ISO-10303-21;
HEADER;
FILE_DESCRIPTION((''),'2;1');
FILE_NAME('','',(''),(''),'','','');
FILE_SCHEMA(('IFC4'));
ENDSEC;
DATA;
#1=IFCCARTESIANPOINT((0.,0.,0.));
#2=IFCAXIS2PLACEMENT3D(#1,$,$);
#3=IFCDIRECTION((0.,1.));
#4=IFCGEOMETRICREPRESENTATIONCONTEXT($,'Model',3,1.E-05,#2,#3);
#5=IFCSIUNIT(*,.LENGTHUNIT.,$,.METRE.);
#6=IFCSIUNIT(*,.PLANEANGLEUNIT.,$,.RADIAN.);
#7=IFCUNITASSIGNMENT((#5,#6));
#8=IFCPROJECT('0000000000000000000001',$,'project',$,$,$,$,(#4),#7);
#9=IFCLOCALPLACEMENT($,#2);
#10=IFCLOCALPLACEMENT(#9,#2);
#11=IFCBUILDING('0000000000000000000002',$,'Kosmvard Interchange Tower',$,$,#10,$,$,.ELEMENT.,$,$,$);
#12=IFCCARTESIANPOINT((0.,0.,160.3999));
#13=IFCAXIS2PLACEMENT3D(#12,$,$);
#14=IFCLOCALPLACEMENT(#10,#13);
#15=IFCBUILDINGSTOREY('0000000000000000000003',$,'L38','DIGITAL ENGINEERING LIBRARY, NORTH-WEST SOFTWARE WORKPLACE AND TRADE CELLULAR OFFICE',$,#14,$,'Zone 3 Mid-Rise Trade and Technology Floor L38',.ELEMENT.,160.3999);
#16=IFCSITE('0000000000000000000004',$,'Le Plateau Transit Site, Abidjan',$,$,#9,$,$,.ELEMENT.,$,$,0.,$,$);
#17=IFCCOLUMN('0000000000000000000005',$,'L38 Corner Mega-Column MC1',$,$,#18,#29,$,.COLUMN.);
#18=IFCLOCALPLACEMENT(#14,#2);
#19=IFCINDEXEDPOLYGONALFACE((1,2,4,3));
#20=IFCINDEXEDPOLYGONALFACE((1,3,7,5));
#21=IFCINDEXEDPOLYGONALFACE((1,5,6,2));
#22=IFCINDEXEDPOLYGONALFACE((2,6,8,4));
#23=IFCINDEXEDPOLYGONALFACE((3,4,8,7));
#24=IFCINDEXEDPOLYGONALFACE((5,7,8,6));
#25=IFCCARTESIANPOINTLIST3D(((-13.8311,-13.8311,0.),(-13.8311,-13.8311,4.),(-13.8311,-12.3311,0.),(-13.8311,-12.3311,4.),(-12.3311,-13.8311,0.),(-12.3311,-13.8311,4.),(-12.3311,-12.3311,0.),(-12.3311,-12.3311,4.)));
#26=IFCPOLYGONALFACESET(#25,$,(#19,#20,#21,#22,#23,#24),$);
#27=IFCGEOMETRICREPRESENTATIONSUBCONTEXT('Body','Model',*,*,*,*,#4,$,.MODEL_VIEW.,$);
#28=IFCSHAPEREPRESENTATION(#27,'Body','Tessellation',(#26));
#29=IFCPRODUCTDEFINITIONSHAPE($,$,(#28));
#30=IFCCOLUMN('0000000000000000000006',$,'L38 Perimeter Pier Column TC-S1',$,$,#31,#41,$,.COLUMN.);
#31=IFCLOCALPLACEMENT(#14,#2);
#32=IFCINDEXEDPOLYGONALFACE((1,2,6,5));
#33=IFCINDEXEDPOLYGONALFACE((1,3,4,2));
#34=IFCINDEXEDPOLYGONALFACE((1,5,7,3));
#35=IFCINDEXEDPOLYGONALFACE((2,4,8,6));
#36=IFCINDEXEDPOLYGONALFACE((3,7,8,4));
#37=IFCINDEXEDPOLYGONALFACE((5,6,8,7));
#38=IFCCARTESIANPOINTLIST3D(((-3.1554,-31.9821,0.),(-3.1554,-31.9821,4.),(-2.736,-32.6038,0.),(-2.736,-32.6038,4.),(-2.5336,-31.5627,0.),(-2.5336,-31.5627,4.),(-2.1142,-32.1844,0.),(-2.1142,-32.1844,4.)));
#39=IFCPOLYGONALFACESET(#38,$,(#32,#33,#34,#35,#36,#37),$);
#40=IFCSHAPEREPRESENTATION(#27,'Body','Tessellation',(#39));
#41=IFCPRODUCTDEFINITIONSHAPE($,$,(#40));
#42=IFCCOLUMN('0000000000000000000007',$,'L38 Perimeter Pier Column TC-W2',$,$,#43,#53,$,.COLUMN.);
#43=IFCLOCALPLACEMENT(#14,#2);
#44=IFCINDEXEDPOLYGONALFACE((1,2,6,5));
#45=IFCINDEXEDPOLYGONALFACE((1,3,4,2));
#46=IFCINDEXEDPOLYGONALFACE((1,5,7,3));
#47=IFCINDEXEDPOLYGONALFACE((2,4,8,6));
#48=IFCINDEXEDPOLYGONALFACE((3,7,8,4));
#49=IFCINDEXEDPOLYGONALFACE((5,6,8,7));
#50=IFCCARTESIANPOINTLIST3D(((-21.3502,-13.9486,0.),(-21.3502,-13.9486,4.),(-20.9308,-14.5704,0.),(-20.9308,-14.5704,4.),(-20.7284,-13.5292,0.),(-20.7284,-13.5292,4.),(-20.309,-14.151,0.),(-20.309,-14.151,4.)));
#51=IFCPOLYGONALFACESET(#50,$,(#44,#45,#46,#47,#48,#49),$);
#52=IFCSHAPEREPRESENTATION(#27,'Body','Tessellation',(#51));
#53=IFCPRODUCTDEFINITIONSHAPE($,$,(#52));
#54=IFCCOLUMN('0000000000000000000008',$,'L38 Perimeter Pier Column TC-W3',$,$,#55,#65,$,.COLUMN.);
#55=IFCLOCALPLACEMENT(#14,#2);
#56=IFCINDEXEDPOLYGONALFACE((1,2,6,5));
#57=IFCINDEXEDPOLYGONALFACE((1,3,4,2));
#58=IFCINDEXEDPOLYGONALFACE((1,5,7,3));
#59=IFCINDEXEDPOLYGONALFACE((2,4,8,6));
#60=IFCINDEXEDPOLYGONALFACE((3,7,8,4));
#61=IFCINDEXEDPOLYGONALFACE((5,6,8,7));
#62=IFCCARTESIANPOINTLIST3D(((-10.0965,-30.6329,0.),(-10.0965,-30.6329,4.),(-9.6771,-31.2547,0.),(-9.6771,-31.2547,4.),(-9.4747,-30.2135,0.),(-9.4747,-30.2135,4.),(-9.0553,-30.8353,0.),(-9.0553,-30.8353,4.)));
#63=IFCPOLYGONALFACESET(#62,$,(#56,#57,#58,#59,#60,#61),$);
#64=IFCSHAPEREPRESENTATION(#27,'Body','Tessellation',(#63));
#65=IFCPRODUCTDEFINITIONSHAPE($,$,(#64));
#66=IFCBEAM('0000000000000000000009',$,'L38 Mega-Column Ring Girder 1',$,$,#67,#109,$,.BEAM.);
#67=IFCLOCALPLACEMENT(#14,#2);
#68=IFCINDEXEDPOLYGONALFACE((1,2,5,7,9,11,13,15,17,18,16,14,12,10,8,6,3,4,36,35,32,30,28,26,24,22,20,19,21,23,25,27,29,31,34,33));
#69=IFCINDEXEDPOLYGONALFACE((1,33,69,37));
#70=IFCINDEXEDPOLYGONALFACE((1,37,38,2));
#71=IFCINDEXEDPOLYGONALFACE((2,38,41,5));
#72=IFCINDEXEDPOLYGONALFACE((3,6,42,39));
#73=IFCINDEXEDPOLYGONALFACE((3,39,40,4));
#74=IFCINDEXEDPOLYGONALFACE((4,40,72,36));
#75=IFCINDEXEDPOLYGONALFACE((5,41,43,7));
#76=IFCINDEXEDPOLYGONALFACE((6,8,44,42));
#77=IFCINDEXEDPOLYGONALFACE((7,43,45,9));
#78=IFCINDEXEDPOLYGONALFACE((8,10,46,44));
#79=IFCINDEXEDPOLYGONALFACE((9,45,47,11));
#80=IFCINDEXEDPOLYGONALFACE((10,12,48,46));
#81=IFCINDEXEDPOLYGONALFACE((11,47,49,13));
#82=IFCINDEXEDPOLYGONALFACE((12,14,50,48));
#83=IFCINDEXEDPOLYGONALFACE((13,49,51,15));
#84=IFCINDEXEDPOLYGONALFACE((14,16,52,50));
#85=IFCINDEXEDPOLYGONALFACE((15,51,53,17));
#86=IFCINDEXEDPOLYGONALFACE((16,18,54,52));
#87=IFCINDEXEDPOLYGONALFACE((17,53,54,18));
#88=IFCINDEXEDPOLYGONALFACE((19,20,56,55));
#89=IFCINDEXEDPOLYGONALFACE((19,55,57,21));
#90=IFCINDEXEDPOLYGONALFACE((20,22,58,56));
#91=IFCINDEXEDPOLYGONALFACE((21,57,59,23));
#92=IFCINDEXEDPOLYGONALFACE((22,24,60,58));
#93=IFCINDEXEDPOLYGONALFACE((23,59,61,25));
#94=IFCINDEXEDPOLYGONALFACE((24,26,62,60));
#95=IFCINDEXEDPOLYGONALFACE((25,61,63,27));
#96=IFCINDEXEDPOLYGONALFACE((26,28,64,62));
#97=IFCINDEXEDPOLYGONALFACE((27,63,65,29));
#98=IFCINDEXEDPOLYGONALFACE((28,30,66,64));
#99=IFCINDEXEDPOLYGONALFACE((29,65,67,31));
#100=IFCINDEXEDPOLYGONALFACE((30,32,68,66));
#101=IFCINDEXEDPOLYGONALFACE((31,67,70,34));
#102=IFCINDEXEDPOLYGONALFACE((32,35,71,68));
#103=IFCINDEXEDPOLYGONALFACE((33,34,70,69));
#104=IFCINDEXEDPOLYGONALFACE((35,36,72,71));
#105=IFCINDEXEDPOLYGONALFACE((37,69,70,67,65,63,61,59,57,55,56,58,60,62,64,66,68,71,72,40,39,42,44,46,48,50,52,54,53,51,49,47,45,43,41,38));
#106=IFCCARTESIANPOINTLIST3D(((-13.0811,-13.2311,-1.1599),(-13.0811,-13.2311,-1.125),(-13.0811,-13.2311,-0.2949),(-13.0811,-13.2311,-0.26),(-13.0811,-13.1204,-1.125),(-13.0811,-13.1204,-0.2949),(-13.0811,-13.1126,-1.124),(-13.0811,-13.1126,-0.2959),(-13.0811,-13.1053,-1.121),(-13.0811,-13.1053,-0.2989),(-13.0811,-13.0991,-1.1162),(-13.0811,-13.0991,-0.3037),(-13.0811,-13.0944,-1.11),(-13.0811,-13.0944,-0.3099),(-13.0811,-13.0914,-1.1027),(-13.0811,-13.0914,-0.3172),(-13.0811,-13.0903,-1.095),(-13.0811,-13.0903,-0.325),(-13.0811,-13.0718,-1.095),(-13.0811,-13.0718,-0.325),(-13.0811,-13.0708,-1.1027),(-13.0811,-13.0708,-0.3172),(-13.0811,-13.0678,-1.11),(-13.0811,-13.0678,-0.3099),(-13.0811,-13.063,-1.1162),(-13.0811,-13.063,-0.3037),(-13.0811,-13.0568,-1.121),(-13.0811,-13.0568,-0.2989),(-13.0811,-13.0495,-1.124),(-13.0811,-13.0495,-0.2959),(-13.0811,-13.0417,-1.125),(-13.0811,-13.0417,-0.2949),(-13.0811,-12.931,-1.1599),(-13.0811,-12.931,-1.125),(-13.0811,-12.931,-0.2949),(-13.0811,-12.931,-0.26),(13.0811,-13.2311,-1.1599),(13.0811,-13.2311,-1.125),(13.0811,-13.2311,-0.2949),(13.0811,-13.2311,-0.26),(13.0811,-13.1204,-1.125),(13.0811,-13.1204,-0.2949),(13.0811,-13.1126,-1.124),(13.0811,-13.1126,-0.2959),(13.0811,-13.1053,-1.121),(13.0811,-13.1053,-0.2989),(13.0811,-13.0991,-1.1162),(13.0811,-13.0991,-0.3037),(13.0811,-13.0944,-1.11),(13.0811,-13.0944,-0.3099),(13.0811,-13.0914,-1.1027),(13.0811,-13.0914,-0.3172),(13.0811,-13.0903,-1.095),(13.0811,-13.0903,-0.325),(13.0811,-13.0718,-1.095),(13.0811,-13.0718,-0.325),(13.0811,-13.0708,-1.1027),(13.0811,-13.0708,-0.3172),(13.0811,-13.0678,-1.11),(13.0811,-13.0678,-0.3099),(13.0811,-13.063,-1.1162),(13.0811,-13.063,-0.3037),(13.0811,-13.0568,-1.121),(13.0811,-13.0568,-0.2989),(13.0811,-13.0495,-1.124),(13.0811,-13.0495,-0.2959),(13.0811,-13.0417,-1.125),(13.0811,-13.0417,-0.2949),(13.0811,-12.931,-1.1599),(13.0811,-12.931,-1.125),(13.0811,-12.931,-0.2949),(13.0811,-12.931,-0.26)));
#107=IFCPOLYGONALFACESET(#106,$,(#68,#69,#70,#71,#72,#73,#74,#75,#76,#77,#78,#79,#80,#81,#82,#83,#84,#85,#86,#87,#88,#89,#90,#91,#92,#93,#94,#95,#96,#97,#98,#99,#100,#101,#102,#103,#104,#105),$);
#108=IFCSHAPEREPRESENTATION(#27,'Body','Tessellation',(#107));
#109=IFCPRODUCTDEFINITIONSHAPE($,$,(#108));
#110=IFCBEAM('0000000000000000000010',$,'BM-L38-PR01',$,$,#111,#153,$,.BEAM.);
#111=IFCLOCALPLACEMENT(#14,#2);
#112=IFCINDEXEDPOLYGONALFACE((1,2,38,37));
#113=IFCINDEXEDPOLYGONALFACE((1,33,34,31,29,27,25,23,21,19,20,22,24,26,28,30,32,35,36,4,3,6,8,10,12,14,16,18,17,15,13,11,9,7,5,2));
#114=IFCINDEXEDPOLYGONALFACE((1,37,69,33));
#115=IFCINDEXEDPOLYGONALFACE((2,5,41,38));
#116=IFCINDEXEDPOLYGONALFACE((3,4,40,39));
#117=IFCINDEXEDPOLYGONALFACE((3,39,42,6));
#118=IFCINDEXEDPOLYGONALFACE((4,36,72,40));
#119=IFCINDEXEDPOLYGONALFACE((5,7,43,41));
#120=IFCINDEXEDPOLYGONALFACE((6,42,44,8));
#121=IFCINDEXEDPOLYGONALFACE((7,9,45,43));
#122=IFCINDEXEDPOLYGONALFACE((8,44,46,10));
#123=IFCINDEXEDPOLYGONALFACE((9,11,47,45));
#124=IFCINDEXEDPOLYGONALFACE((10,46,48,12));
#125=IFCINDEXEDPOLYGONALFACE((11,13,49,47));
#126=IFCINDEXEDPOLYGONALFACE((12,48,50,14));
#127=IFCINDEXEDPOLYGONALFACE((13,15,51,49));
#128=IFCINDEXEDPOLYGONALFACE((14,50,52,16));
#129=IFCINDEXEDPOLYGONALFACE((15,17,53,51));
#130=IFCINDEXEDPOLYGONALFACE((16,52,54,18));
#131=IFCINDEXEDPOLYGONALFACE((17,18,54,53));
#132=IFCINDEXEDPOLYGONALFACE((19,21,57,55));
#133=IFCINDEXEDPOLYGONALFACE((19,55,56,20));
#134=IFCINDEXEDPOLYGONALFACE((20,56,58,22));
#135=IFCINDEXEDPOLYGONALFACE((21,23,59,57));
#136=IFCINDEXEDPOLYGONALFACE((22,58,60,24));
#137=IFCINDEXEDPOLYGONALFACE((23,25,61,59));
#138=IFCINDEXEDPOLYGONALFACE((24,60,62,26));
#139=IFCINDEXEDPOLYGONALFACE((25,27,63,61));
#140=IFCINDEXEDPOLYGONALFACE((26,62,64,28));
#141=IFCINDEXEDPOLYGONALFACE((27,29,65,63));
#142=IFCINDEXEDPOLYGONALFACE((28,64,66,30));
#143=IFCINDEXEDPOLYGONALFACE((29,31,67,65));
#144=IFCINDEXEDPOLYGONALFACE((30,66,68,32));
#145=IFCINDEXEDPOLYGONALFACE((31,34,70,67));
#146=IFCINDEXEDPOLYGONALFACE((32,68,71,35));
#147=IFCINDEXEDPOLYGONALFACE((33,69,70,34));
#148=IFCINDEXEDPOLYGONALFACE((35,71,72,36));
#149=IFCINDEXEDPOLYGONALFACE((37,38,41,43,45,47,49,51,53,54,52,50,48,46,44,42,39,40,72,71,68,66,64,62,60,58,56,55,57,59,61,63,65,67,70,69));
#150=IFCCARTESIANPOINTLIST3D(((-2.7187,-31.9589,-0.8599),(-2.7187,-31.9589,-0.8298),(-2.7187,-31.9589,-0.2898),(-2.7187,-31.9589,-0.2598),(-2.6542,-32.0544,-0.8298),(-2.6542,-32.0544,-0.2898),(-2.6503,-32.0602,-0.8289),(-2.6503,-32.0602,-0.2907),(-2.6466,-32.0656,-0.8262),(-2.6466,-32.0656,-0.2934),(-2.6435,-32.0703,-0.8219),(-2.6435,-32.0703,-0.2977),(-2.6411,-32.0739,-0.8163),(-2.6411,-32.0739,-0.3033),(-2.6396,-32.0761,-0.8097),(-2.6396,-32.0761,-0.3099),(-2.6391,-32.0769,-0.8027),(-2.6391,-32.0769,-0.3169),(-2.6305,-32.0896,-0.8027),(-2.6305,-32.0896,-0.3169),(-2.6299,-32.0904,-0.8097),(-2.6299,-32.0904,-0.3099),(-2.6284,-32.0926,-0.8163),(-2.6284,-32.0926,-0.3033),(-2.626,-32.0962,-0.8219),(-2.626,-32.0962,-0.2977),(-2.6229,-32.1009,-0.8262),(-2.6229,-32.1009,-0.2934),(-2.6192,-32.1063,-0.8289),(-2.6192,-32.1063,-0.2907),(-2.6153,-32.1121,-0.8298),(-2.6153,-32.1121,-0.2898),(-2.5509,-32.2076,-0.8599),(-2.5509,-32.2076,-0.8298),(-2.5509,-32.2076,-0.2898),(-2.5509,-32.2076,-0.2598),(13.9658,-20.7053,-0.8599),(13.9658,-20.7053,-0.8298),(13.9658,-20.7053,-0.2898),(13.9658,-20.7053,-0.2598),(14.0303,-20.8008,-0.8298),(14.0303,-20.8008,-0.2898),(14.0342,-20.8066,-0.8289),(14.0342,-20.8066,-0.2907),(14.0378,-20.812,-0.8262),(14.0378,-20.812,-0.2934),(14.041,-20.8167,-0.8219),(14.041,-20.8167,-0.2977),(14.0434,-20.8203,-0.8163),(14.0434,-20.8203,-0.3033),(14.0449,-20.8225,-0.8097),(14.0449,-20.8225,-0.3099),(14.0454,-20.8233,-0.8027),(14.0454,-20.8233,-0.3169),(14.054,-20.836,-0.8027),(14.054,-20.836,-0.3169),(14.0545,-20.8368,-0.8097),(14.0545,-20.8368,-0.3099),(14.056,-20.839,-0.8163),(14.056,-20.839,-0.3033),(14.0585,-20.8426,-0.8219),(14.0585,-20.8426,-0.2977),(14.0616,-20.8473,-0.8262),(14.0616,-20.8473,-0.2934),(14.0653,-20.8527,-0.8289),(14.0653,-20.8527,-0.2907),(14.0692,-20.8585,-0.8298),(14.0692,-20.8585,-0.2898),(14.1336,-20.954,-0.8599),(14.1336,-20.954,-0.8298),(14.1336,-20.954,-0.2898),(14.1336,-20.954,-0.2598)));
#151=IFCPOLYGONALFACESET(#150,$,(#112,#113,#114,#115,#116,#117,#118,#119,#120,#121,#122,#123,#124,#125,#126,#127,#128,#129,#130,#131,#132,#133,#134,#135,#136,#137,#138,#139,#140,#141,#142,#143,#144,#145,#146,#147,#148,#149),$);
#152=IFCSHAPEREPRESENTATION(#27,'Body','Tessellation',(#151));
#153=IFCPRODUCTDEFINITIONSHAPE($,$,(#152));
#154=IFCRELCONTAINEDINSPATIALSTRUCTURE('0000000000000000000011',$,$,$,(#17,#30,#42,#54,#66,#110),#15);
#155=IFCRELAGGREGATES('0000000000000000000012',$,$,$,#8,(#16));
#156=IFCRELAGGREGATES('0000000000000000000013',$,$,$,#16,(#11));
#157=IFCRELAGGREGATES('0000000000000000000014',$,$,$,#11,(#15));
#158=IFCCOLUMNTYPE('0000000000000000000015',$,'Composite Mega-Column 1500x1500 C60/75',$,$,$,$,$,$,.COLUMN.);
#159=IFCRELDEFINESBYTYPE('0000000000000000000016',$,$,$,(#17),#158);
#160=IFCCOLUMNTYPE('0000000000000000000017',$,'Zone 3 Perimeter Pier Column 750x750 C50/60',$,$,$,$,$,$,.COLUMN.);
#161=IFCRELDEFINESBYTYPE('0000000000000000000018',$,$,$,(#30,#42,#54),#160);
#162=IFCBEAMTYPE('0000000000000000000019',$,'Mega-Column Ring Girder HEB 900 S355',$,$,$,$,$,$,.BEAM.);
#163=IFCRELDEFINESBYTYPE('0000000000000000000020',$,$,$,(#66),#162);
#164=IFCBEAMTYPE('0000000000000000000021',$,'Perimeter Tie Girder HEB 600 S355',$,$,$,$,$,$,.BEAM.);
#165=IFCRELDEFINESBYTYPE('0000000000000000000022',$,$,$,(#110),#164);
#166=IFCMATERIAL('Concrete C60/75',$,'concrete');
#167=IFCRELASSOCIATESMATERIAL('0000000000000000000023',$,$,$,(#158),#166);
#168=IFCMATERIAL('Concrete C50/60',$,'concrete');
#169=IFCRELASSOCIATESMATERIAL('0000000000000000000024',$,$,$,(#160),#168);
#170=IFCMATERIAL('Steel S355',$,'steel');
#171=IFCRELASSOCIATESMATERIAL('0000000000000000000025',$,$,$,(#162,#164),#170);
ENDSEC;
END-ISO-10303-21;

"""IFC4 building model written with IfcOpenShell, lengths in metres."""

from ifc_helpers import new_model, si_unit, direction, frame, origin, origin_2d, place, context, subcontext, project, spatial, rectangle, i_section, extrude, source, transform, mapped, material, material_profile, profile_set, type_object, element, save


model = new_model("IFC4")

# Units and contexts
model_context = context("Model", 3, precision=1e-05, world=origin(), true_north=direction((0.0, 1.0)))
body_context = subcontext(model_context, "Body", "Model", "MODEL_VIEW")
ifc_project = project(units=[si_unit("LENGTHUNIT", "METRE"), si_unit("PLANEANGLEUNIT", "RADIAN")], contexts=[model_context])

# Site, building, storey
site_placement = place(None, origin())
site = spatial("IfcSite", under=ifc_project, at=site_placement, Name="Le Plateau Transit Site, Abidjan", CompositionType="ELEMENT", RefElevation=0.0)
building_placement = place(site_placement, origin())
building = spatial("IfcBuilding", under=site, at=building_placement, Name="Kosmvard Interchange Tower", CompositionType="ELEMENT")
storey_placement = place(building_placement, frame((0.0, 0.0, 160.3999)))
storey = spatial("IfcBuildingStorey", under=building, at=storey_placement, Name="L38", Description="DIGITAL ENGINEERING LIBRARY, NORTH-WEST SOFTWARE WORKPLACE AND TRADE CELLULAR OFFICE", LongName="Zone 3 Mid-Rise Trade and Technology Floor L38", CompositionType="ELEMENT", Elevation=160.3999)

# Columns
ifc_material_1 = material(Name="Concrete C60/75", Category="concrete")
ifc_material_profile_1 = material_profile(ifc_material_1, rectangle(XDim=1.5, YDim=1.5, at=origin_2d()), Name="MC 1500x1500")
ifc_profile_set_1 = profile_set([ifc_material_profile_1], Name="Concrete C60/75")
column_type_1 = type_object("IfcColumnType", Name="Composite Mega-Column 1500x1500 C60/75", PredefinedType="COLUMN", material=ifc_profile_set_1)
shared_shape_1 = source(origin(), body_context, "Body", "SweptSolid", [
    extrude(rectangle(XDim=1.5, YDim=1.5, at=origin_2d()), origin(), (0.0, 0.0, 1.0), 4.0),
])
column_placement = place(storey_placement, frame((-13.0811, -13.0811, 0.0), z_axis=(0.0, 0.0, 1.0), x_axis=(1.0, 0.0, 0.0)))
element("IfcColumn", 1, at=column_placement, inside=storey, type_object=column_type_1, Name="L38 Corner Mega-Column MC1", PredefinedType="COLUMN", context=body_context, shape_type="MappedRepresentation", body=[
    mapped(shared_shape_1, transform((0.0, 0.0, 0.0), scale=1.0)),
])
ifc_material_2 = material(Name="Concrete C50/60", Category="concrete")
ifc_material_profile_2 = material_profile(ifc_material_2, rectangle(XDim=0.75, YDim=0.75, at=origin_2d()), Name="TC 750x750")
ifc_profile_set_2 = profile_set([ifc_material_profile_2], Name="Concrete C50/60")
column_type_2 = type_object("IfcColumnType", Name="Zone 3 Perimeter Pier Column 750x750 C50/60", PredefinedType="COLUMN", material=ifc_profile_set_2)
shared_shape_2 = source(origin(), body_context, "Body", "SweptSolid", [
    extrude(rectangle(XDim=0.75, YDim=0.75, at=origin_2d()), origin(), (0.0, 0.0, 1.0), 4.0),
])
for number, where, z_axis, x_axis, name in (
    (2, (-2.6348, -32.0833, 0.0), (0.0, 0.0, 1.0), (0.829038, 0.559193, 0.0), "L38 Perimeter Pier Column TC-S1"),
    (3, (-20.8296, -14.0498, 0.0), (0.0, 0.0, 1.0), (0.829038, 0.559193, 0.0), "L38 Perimeter Pier Column TC-W2"),
    (4, (-9.5759, -30.7341, 0.0), (0.0, 0.0, 1.0), (0.829038, 0.559193, 0.0), "L38 Perimeter Pier Column TC-W3"),
):
    element("IfcColumn", number, at=place(storey_placement, frame(where, z_axis=z_axis, x_axis=x_axis)), inside=storey, type_object=column_type_2, Name=name, PredefinedType="COLUMN", context=body_context, shape_type="MappedRepresentation", body=[
        mapped(shared_shape_2, transform((0.0, 0.0, 0.0), scale=1.0)),
    ])

# Beams
ifc_material_3 = material(Name="Steel S355", Category="steel")
ifc_material_profile_3 = material_profile(ifc_material_3, i_section(OverallWidth=0.3, OverallDepth=0.8999, WebThickness=0.0186, FlangeThickness=0.0349, FilletRadius=0.03, at=origin_2d()), Name="HEB 900")
ifc_profile_set_3 = profile_set([ifc_material_profile_3], Name="Steel S355")
beam_type_1 = type_object("IfcBeamType", Name="Mega-Column Ring Girder HEB 900 S355", PredefinedType="BEAM", material=ifc_profile_set_3)
shared_shape_3 = source(origin(), body_context, "Body", "SweptSolid", [
    extrude(i_section(OverallWidth=0.3, OverallDepth=0.8999, WebThickness=0.0186, FlangeThickness=0.0349, FilletRadius=0.03, at=origin_2d()), origin(), (0.0, 0.0, 1.0), 26.1621),
])
beam_1_placement = place(storey_placement, frame((-13.0811, -13.0811, -0.71), z_axis=(1.0, 0.0, 0.0), x_axis=(0.0, 1.0, 0.0)))
element("IfcBeam", 5, at=beam_1_placement, inside=storey, type_object=beam_type_1, Name="L38 Mega-Column Ring Girder 1", PredefinedType="BEAM", context=body_context, shape_type="MappedRepresentation", body=[
    mapped(shared_shape_3, transform((0.0, 0.0, 0.0), scale=1.0)),
])
ifc_material_profile_4 = material_profile(ifc_material_3, i_section(OverallWidth=0.3, OverallDepth=0.6001, WebThickness=0.0154, FlangeThickness=0.03, FilletRadius=0.0271, at=origin_2d()), Name="HEB 600")
ifc_profile_set_4 = profile_set([ifc_material_profile_4], Name="Steel S355")
beam_type_2 = type_object("IfcBeamType", Name="Perimeter Tie Girder HEB 600 S355", PredefinedType="BEAM", material=ifc_profile_set_4)
shared_shape_4 = source(origin(), body_context, "Body", "SweptSolid", [
    extrude(i_section(OverallWidth=0.3, OverallDepth=0.6001, WebThickness=0.0154, FlangeThickness=0.03, FilletRadius=0.0271, at=origin_2d()), origin(), (0.0, 0.0, 1.0), 20.125),
])
for number, where, z_axis, x_axis, name in (
    (6, (-2.6348, -32.0833, -0.5598), (0.829043, 0.559185, 0.0), (-0.559185, 0.829043, 0.0), "BM-L38-PR01"),
):
    element("IfcBeam", number, at=place(storey_placement, frame(where, z_axis=z_axis, x_axis=x_axis)), inside=storey, type_object=beam_type_2, Name=name, PredefinedType="BEAM", context=body_context, shape_type="MappedRepresentation", body=[
        mapped(shared_shape_4, transform((0.0, 0.0, 0.0), scale=1.0)),
    ])

save(model, "model.ifc")
